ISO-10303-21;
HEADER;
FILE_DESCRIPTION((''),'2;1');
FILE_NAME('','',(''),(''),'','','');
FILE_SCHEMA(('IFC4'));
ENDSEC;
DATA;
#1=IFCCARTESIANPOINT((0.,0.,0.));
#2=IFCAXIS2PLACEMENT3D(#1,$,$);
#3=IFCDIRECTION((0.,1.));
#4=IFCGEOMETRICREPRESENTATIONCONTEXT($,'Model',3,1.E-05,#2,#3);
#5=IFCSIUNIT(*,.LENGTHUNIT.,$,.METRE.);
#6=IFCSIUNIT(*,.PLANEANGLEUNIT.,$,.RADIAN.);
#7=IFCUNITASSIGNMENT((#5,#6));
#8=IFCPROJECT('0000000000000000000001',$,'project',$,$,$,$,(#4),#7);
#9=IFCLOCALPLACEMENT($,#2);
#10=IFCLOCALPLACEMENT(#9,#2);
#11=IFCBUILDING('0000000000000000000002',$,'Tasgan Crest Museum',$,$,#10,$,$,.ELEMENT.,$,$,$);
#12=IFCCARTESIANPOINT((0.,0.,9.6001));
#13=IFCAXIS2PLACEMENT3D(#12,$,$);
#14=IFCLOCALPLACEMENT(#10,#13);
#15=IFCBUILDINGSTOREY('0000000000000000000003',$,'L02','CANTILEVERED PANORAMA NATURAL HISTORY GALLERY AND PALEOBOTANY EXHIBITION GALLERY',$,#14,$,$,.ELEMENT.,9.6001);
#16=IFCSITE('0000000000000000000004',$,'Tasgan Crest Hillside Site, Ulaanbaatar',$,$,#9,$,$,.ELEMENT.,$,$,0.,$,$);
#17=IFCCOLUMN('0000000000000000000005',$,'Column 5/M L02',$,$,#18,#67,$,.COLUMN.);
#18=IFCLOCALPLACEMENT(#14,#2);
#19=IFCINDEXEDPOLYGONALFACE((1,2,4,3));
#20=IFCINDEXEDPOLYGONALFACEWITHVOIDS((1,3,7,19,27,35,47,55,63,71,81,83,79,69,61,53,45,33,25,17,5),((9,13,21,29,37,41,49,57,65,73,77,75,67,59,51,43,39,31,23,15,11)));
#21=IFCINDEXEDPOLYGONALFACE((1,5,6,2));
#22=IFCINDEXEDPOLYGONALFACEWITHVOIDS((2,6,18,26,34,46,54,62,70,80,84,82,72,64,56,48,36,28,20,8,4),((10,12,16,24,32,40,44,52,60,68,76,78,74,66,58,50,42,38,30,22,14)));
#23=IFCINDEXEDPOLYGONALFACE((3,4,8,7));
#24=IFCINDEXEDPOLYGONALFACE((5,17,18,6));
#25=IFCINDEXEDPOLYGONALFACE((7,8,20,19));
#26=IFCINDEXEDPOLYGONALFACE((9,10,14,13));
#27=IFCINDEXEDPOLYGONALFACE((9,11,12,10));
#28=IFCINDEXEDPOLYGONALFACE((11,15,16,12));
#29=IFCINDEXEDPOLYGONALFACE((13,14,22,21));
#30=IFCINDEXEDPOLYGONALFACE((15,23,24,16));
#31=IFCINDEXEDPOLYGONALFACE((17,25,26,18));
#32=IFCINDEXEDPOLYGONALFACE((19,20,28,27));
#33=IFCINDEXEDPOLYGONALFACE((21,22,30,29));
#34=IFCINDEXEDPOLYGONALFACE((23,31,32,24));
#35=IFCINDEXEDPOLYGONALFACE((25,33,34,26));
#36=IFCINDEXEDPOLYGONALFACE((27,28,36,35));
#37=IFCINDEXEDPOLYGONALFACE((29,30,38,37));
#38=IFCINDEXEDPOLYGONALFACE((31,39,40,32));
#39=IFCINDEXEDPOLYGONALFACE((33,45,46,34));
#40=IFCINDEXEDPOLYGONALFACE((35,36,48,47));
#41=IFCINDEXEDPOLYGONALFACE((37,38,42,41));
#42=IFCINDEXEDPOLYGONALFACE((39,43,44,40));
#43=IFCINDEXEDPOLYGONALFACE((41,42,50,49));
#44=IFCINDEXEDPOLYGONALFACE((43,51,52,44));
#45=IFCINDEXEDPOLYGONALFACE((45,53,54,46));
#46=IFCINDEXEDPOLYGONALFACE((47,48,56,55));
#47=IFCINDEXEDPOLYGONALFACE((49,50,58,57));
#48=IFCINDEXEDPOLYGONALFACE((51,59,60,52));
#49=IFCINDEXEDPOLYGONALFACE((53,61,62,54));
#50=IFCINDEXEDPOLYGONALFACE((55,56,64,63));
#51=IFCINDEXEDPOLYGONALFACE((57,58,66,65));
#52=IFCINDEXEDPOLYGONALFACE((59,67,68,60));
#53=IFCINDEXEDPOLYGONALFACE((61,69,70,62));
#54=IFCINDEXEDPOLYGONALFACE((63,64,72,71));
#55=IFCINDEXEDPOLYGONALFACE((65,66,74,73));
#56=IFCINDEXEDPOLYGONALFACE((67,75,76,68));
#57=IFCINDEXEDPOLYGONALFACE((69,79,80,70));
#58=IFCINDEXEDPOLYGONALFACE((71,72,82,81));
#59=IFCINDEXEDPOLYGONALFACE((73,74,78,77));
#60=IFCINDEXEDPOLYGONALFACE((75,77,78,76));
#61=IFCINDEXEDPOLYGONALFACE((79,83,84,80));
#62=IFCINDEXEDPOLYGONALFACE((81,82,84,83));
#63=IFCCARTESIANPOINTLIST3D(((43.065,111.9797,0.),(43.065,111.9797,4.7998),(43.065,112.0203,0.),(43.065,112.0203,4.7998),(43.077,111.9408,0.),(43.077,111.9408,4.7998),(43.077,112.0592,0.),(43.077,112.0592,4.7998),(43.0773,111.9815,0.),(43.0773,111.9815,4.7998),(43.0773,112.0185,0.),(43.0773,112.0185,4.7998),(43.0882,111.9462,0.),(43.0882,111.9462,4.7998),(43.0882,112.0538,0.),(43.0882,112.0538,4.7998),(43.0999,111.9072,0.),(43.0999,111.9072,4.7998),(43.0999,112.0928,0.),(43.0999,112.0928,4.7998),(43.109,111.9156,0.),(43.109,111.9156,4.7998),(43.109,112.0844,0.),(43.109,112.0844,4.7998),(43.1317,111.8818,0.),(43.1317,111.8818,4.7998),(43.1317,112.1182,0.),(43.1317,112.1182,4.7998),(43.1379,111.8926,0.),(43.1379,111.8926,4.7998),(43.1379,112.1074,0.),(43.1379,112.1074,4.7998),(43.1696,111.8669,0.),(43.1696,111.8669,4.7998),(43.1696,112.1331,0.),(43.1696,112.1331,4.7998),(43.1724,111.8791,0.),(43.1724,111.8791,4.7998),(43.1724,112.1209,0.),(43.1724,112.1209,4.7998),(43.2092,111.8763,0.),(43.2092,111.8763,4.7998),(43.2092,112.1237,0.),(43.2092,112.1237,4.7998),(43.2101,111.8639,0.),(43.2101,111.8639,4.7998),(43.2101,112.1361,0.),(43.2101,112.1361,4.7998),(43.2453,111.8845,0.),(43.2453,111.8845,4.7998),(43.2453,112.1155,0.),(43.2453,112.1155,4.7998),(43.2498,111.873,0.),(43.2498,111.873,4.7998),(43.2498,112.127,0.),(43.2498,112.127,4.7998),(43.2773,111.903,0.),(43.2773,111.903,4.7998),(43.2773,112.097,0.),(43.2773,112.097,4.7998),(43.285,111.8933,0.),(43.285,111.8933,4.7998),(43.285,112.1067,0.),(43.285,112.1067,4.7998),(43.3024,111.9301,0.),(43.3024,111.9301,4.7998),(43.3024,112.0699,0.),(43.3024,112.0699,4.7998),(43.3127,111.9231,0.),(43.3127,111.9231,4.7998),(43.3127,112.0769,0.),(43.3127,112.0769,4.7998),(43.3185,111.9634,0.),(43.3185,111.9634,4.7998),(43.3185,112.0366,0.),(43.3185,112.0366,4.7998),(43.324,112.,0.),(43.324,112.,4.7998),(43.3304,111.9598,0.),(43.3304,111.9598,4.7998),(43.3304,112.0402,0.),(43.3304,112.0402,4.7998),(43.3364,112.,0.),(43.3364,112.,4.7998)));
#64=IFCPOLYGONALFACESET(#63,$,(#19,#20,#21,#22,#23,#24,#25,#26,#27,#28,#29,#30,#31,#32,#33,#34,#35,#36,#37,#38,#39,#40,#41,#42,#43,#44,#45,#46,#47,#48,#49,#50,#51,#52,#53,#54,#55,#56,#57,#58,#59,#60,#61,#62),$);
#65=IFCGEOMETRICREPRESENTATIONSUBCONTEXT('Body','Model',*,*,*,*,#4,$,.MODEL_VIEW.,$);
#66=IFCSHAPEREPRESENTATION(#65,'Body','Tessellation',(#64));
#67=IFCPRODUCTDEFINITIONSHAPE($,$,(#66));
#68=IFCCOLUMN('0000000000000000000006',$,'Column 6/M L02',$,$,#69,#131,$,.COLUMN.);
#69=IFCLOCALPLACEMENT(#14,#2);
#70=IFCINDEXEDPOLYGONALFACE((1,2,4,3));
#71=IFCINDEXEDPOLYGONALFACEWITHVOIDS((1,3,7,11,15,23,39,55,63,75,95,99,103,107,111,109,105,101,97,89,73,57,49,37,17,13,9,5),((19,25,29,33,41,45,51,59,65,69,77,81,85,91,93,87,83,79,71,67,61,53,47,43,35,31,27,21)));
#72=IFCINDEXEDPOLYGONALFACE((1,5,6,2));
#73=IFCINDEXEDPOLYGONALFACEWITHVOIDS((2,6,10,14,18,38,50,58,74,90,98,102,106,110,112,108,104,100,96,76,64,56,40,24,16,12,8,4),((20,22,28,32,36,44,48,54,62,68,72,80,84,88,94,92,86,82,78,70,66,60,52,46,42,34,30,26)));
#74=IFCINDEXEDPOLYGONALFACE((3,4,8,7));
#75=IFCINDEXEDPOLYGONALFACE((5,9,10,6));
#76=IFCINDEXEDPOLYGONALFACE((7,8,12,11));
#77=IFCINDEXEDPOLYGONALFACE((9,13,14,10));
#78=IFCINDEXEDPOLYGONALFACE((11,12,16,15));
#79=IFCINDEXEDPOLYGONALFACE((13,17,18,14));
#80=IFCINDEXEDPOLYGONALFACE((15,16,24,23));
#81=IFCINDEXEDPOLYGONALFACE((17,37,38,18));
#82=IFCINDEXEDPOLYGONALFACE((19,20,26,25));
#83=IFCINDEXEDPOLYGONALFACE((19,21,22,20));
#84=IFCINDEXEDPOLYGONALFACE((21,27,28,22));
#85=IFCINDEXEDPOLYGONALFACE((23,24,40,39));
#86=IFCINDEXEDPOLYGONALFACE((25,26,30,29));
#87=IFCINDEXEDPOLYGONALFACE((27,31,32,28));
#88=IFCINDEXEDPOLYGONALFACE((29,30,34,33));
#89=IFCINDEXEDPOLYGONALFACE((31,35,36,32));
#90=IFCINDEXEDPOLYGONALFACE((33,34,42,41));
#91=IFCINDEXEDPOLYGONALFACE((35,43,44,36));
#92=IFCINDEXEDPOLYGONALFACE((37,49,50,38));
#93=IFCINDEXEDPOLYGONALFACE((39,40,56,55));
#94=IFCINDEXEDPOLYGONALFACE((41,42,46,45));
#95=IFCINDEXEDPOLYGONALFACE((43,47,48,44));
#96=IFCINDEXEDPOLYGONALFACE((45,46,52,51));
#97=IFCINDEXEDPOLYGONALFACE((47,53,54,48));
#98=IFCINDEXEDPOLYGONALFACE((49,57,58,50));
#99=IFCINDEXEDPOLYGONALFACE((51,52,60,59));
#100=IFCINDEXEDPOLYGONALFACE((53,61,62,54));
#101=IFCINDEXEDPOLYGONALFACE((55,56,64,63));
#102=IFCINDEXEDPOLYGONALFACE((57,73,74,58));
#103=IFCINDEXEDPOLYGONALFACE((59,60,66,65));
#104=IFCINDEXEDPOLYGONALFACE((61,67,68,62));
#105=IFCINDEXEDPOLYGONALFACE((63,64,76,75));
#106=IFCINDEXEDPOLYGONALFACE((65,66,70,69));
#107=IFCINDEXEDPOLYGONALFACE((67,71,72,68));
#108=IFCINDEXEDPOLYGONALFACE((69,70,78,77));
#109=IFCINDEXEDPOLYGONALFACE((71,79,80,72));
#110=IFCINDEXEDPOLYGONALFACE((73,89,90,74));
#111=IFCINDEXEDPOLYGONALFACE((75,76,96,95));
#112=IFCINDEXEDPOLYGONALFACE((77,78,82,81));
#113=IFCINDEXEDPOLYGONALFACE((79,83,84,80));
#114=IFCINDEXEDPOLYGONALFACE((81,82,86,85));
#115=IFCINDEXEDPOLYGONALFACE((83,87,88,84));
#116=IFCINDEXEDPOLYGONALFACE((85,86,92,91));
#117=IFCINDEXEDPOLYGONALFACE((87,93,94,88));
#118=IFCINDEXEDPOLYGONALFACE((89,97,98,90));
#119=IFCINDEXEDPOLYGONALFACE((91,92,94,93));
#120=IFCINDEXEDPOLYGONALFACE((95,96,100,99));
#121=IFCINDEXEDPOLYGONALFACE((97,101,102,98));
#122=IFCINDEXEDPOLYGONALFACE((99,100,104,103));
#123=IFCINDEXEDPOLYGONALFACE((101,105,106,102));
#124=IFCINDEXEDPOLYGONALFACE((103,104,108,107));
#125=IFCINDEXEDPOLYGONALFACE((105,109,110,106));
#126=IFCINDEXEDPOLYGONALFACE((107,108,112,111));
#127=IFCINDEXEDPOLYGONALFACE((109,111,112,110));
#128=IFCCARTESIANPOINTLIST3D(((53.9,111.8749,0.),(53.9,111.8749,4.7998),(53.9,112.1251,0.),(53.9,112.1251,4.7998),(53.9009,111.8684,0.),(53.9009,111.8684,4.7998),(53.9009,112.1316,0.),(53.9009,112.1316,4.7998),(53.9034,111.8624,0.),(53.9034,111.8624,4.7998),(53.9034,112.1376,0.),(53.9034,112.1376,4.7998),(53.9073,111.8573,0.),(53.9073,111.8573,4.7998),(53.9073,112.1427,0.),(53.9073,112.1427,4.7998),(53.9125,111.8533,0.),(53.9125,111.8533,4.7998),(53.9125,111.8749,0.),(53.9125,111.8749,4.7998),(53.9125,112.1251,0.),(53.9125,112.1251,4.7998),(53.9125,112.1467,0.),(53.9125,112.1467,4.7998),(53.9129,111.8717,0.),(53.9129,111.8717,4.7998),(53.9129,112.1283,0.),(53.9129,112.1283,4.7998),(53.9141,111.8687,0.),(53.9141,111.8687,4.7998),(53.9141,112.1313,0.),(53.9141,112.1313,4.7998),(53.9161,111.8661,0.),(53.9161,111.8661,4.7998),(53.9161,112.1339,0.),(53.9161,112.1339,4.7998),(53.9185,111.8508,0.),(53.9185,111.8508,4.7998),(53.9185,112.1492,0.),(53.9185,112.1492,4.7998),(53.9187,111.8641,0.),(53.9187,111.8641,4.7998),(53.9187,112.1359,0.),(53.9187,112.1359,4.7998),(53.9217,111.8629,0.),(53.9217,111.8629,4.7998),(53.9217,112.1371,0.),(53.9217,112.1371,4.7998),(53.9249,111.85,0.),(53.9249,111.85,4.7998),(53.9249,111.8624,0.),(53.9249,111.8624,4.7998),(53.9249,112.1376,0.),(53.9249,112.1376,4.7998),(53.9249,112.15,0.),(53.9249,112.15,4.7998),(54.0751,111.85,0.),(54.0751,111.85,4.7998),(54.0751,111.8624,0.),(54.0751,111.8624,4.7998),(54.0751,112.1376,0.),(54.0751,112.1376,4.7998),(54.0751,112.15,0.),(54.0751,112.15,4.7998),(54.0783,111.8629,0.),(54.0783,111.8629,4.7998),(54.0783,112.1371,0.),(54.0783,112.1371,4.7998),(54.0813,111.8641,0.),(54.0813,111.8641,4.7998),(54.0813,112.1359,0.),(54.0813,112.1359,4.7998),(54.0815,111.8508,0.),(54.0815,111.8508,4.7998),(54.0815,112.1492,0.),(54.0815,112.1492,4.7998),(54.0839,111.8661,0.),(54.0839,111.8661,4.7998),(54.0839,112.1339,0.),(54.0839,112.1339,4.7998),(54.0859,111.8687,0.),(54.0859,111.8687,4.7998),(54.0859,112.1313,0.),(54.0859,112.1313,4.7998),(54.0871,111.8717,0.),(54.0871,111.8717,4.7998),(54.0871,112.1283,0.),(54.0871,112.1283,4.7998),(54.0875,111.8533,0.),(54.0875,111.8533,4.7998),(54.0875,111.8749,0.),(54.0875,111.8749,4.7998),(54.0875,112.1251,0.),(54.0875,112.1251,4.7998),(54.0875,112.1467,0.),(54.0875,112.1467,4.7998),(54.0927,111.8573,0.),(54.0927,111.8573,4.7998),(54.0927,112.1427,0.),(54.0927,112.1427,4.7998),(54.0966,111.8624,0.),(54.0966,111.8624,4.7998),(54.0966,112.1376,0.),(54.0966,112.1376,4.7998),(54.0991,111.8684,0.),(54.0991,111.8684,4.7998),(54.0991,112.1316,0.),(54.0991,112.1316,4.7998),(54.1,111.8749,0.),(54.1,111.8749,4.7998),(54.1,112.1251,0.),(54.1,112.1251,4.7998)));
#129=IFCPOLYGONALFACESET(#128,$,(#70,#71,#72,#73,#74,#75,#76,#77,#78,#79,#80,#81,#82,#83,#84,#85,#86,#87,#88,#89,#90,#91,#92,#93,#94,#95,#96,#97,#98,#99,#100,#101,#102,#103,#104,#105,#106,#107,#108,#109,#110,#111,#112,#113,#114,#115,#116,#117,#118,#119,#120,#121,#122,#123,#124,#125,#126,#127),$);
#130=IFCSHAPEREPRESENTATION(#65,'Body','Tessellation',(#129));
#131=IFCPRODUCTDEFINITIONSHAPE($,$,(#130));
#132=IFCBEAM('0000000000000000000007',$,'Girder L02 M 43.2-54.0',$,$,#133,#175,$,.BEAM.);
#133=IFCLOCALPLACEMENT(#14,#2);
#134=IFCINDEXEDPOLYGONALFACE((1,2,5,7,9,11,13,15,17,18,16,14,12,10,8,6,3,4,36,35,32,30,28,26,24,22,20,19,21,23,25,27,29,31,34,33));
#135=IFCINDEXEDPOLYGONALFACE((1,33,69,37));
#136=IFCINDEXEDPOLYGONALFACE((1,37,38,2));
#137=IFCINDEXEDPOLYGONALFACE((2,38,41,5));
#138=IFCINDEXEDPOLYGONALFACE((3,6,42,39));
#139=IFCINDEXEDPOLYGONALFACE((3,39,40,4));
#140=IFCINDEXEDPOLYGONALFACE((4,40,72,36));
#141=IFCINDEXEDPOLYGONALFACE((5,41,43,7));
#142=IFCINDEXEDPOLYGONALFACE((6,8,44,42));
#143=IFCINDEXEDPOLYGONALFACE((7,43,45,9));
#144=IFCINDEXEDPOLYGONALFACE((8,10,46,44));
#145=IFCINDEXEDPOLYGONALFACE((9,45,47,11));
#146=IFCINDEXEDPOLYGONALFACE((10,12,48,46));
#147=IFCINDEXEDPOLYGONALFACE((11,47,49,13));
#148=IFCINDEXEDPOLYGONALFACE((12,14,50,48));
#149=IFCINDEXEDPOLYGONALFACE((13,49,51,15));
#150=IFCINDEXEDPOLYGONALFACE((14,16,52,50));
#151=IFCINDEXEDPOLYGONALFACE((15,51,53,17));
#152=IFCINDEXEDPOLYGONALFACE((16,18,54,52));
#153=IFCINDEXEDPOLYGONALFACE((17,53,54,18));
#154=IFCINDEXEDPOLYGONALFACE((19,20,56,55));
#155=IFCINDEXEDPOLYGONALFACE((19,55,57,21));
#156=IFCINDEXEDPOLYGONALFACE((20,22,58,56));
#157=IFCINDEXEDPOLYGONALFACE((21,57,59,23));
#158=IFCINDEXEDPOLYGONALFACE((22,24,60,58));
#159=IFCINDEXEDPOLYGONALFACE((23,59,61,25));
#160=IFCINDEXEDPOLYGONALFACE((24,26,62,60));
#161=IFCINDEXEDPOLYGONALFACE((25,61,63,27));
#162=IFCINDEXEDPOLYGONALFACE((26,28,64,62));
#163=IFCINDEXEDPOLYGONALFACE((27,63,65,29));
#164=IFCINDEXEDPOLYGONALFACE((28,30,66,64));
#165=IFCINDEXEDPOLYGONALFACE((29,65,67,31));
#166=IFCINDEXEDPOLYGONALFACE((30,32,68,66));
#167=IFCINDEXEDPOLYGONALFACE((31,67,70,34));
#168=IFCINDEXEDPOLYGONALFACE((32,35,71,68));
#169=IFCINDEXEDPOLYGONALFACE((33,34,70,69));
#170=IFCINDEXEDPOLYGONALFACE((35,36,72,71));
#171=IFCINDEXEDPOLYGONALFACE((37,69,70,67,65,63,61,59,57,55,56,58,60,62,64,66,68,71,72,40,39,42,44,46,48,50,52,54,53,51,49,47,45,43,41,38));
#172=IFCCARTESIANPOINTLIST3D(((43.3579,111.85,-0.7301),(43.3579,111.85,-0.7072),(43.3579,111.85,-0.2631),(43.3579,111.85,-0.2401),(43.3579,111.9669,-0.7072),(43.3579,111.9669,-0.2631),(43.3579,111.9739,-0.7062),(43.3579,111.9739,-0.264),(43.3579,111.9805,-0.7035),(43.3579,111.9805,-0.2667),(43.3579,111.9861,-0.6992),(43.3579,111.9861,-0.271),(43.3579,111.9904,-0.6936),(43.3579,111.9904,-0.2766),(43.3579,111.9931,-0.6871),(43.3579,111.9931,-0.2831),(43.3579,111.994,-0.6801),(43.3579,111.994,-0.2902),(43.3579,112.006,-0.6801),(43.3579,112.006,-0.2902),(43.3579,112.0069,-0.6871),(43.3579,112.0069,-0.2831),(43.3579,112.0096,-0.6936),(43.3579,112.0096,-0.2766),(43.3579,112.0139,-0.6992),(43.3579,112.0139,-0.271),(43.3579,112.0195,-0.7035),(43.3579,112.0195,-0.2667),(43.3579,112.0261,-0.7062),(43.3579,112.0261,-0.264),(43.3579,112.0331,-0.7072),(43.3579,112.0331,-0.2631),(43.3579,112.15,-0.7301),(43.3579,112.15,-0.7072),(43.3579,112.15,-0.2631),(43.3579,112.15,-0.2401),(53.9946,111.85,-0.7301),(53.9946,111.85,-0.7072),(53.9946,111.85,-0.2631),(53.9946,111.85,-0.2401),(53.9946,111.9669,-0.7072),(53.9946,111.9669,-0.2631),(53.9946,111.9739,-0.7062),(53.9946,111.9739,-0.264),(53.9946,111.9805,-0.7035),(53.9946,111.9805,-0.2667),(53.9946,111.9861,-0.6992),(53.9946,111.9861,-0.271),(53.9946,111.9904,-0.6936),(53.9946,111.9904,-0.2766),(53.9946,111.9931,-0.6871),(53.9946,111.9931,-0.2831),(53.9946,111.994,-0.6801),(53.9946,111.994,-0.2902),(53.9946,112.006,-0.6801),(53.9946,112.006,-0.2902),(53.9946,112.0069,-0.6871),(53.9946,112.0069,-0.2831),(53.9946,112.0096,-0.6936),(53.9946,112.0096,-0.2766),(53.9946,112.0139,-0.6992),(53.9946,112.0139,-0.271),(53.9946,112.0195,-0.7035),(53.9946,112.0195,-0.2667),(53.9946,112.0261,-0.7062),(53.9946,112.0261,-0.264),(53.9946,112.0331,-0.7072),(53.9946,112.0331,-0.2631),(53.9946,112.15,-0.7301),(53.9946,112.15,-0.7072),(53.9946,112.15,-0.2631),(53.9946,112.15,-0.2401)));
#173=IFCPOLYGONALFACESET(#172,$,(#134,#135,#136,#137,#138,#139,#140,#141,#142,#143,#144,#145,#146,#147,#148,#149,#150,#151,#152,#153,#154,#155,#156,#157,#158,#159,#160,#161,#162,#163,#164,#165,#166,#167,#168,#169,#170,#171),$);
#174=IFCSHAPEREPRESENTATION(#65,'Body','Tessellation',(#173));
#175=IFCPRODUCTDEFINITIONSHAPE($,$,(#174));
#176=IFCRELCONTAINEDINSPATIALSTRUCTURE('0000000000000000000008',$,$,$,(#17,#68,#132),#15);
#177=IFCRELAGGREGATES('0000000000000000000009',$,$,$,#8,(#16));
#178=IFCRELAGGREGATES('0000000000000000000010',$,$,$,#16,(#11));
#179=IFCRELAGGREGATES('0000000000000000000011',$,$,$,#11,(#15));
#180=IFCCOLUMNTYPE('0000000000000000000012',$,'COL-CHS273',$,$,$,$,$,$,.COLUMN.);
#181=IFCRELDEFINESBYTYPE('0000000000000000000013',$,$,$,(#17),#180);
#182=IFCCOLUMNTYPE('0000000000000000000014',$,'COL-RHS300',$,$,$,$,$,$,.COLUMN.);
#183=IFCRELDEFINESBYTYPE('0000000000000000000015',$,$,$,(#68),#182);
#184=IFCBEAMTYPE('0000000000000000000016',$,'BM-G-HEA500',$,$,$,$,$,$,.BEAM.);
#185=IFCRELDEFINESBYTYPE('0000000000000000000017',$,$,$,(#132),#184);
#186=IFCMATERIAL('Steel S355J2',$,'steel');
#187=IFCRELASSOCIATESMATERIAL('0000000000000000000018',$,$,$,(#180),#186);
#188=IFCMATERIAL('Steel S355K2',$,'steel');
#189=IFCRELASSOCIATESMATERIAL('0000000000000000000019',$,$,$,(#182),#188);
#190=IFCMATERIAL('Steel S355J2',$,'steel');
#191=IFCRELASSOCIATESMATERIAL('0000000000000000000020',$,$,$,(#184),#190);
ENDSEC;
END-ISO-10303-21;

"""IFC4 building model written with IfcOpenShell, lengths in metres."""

from ifc_helpers import new_model, si_unit, direction, frame, origin, origin_2d, place, context, subcontext, project, spatial, hollow_rectangle, hollow_circle, i_section, extrude, material, material_profile, profile_set, type_object, element, save


model = new_model("IFC4")

# Units and contexts
model_context = context("Model", 3, precision=1e-05, world=origin(), true_north=direction((0.0, 1.0)))
body_context = subcontext(model_context, "Body", "Model", "MODEL_VIEW")
ifc_project = project(units=[si_unit("LENGTHUNIT", "METRE"), si_unit("PLANEANGLEUNIT", "RADIAN")], contexts=[model_context])

# Site, building, storey
site_placement = place(None, origin())
site = spatial("IfcSite", under=ifc_project, at=site_placement, Name="Tasgan Crest Hillside Site, Ulaanbaatar", CompositionType="ELEMENT", RefElevation=0.0)
building_placement = place(site_placement, origin())
building = spatial("IfcBuilding", under=site, at=building_placement, Name="Tasgan Crest Museum", CompositionType="ELEMENT")
storey_placement = place(building_placement, frame((0.0, 0.0, 9.6001)))
storey = spatial("IfcBuildingStorey", under=building, at=storey_placement, Name="L02", Description="CANTILEVERED PANORAMA NATURAL HISTORY GALLERY AND PALEOBOTANY EXHIBITION GALLERY", CompositionType="ELEMENT", Elevation=9.6001)

# Columns
ifc_material_1 = material(Name="Steel S355J2", Category="steel")
ifc_material_profile_1 = material_profile(ifc_material_1, hollow_circle(Radius=0.1365, WallThickness=0.0125, at=origin_2d()), Name="CHS 273x12.5")
ifc_profile_set_1 = profile_set([ifc_material_profile_1], Name="Steel S355J2")
column_type_1 = type_object("IfcColumnType", Name="COL-CHS273", PredefinedType="COLUMN", material=ifc_profile_set_1)
column_1_placement = place(storey_placement, frame((43.2, 112.0, 0.0), z_axis=(0.0, 0.0, 1.0), x_axis=(1.0, 0.0, 0.0)))
element("IfcColumn", 1, at=column_1_placement, inside=storey, type_object=column_type_1, Name="Column 5/M L02", PredefinedType="COLUMN", context=body_context, shape_type="SweptSolid", body=[
    extrude(hollow_circle(Radius=0.1365, WallThickness=0.0125, at=origin_2d()), origin(), (0.0, 0.0, 1.0), 4.7998),
])
ifc_material_2 = material(Name="Steel S355K2", Category="steel")
ifc_material_profile_2 = material_profile(ifc_material_2, hollow_rectangle(XDim=0.2, YDim=0.3, WallThickness=0.0125, InnerFilletRadius=0.0125, OuterFilletRadius=0.0249, at=origin_2d()), Name="RHS 300x200x12.5")
ifc_profile_set_2 = profile_set([ifc_material_profile_2], Name="Steel S355K2")
column_type_2 = type_object("IfcColumnType", Name="COL-RHS300", PredefinedType="COLUMN", material=ifc_profile_set_2)
column_2_placement = place(storey_placement, frame((54.0, 112.0, 0.0), z_axis=(0.0, 0.0, 1.0), x_axis=(1.0, 0.0, 0.0)))
element("IfcColumn", 2, at=column_2_placement, inside=storey, type_object=column_type_2, Name="Column 6/M L02", PredefinedType="COLUMN", context=body_context, shape_type="SweptSolid", body=[
    extrude(hollow_rectangle(XDim=0.2, YDim=0.3, WallThickness=0.0125, InnerFilletRadius=0.0125, OuterFilletRadius=0.0249, at=origin_2d()), origin(), (0.0, 0.0, 1.0), 4.7998),
])

# Beam
ifc_material_3 = material(Name="Steel S355J2", Category="steel")
ifc_material_profile_3 = material_profile(ifc_material_3, i_section(OverallWidth=0.3, OverallDepth=0.49, WebThickness=0.012, FlangeThickness=0.0229, FilletRadius=0.0271, at=origin_2d()), Name="HEA 500")
ifc_profile_set_3 = profile_set([ifc_material_profile_3], Name="Steel S355J2")
beam_type = type_object("IfcBeamType", Name="BM-G-HEA500", PredefinedType="BEAM", material=ifc_profile_set_3)
beam_1_placement = place(storey_placement, frame((43.3579, 112.0, -0.4851), z_axis=(1.0, 0.0, 0.0), x_axis=(0.0, 1.0, 0.0)))
element("IfcBeam", 3, at=beam_1_placement, inside=storey, type_object=beam_type, Name="Girder L02 M 43.2-54.0", PredefinedType="BEAM", context=body_context, shape_type="SweptSolid", body=[
    extrude(i_section(OverallWidth=0.3, OverallDepth=0.49, WebThickness=0.012, FlangeThickness=0.0229, FilletRadius=0.0271, at=origin_2d()), origin(), (0.0, 0.0, 1.0), 10.6367),
])

save(model, "model.ifc")
